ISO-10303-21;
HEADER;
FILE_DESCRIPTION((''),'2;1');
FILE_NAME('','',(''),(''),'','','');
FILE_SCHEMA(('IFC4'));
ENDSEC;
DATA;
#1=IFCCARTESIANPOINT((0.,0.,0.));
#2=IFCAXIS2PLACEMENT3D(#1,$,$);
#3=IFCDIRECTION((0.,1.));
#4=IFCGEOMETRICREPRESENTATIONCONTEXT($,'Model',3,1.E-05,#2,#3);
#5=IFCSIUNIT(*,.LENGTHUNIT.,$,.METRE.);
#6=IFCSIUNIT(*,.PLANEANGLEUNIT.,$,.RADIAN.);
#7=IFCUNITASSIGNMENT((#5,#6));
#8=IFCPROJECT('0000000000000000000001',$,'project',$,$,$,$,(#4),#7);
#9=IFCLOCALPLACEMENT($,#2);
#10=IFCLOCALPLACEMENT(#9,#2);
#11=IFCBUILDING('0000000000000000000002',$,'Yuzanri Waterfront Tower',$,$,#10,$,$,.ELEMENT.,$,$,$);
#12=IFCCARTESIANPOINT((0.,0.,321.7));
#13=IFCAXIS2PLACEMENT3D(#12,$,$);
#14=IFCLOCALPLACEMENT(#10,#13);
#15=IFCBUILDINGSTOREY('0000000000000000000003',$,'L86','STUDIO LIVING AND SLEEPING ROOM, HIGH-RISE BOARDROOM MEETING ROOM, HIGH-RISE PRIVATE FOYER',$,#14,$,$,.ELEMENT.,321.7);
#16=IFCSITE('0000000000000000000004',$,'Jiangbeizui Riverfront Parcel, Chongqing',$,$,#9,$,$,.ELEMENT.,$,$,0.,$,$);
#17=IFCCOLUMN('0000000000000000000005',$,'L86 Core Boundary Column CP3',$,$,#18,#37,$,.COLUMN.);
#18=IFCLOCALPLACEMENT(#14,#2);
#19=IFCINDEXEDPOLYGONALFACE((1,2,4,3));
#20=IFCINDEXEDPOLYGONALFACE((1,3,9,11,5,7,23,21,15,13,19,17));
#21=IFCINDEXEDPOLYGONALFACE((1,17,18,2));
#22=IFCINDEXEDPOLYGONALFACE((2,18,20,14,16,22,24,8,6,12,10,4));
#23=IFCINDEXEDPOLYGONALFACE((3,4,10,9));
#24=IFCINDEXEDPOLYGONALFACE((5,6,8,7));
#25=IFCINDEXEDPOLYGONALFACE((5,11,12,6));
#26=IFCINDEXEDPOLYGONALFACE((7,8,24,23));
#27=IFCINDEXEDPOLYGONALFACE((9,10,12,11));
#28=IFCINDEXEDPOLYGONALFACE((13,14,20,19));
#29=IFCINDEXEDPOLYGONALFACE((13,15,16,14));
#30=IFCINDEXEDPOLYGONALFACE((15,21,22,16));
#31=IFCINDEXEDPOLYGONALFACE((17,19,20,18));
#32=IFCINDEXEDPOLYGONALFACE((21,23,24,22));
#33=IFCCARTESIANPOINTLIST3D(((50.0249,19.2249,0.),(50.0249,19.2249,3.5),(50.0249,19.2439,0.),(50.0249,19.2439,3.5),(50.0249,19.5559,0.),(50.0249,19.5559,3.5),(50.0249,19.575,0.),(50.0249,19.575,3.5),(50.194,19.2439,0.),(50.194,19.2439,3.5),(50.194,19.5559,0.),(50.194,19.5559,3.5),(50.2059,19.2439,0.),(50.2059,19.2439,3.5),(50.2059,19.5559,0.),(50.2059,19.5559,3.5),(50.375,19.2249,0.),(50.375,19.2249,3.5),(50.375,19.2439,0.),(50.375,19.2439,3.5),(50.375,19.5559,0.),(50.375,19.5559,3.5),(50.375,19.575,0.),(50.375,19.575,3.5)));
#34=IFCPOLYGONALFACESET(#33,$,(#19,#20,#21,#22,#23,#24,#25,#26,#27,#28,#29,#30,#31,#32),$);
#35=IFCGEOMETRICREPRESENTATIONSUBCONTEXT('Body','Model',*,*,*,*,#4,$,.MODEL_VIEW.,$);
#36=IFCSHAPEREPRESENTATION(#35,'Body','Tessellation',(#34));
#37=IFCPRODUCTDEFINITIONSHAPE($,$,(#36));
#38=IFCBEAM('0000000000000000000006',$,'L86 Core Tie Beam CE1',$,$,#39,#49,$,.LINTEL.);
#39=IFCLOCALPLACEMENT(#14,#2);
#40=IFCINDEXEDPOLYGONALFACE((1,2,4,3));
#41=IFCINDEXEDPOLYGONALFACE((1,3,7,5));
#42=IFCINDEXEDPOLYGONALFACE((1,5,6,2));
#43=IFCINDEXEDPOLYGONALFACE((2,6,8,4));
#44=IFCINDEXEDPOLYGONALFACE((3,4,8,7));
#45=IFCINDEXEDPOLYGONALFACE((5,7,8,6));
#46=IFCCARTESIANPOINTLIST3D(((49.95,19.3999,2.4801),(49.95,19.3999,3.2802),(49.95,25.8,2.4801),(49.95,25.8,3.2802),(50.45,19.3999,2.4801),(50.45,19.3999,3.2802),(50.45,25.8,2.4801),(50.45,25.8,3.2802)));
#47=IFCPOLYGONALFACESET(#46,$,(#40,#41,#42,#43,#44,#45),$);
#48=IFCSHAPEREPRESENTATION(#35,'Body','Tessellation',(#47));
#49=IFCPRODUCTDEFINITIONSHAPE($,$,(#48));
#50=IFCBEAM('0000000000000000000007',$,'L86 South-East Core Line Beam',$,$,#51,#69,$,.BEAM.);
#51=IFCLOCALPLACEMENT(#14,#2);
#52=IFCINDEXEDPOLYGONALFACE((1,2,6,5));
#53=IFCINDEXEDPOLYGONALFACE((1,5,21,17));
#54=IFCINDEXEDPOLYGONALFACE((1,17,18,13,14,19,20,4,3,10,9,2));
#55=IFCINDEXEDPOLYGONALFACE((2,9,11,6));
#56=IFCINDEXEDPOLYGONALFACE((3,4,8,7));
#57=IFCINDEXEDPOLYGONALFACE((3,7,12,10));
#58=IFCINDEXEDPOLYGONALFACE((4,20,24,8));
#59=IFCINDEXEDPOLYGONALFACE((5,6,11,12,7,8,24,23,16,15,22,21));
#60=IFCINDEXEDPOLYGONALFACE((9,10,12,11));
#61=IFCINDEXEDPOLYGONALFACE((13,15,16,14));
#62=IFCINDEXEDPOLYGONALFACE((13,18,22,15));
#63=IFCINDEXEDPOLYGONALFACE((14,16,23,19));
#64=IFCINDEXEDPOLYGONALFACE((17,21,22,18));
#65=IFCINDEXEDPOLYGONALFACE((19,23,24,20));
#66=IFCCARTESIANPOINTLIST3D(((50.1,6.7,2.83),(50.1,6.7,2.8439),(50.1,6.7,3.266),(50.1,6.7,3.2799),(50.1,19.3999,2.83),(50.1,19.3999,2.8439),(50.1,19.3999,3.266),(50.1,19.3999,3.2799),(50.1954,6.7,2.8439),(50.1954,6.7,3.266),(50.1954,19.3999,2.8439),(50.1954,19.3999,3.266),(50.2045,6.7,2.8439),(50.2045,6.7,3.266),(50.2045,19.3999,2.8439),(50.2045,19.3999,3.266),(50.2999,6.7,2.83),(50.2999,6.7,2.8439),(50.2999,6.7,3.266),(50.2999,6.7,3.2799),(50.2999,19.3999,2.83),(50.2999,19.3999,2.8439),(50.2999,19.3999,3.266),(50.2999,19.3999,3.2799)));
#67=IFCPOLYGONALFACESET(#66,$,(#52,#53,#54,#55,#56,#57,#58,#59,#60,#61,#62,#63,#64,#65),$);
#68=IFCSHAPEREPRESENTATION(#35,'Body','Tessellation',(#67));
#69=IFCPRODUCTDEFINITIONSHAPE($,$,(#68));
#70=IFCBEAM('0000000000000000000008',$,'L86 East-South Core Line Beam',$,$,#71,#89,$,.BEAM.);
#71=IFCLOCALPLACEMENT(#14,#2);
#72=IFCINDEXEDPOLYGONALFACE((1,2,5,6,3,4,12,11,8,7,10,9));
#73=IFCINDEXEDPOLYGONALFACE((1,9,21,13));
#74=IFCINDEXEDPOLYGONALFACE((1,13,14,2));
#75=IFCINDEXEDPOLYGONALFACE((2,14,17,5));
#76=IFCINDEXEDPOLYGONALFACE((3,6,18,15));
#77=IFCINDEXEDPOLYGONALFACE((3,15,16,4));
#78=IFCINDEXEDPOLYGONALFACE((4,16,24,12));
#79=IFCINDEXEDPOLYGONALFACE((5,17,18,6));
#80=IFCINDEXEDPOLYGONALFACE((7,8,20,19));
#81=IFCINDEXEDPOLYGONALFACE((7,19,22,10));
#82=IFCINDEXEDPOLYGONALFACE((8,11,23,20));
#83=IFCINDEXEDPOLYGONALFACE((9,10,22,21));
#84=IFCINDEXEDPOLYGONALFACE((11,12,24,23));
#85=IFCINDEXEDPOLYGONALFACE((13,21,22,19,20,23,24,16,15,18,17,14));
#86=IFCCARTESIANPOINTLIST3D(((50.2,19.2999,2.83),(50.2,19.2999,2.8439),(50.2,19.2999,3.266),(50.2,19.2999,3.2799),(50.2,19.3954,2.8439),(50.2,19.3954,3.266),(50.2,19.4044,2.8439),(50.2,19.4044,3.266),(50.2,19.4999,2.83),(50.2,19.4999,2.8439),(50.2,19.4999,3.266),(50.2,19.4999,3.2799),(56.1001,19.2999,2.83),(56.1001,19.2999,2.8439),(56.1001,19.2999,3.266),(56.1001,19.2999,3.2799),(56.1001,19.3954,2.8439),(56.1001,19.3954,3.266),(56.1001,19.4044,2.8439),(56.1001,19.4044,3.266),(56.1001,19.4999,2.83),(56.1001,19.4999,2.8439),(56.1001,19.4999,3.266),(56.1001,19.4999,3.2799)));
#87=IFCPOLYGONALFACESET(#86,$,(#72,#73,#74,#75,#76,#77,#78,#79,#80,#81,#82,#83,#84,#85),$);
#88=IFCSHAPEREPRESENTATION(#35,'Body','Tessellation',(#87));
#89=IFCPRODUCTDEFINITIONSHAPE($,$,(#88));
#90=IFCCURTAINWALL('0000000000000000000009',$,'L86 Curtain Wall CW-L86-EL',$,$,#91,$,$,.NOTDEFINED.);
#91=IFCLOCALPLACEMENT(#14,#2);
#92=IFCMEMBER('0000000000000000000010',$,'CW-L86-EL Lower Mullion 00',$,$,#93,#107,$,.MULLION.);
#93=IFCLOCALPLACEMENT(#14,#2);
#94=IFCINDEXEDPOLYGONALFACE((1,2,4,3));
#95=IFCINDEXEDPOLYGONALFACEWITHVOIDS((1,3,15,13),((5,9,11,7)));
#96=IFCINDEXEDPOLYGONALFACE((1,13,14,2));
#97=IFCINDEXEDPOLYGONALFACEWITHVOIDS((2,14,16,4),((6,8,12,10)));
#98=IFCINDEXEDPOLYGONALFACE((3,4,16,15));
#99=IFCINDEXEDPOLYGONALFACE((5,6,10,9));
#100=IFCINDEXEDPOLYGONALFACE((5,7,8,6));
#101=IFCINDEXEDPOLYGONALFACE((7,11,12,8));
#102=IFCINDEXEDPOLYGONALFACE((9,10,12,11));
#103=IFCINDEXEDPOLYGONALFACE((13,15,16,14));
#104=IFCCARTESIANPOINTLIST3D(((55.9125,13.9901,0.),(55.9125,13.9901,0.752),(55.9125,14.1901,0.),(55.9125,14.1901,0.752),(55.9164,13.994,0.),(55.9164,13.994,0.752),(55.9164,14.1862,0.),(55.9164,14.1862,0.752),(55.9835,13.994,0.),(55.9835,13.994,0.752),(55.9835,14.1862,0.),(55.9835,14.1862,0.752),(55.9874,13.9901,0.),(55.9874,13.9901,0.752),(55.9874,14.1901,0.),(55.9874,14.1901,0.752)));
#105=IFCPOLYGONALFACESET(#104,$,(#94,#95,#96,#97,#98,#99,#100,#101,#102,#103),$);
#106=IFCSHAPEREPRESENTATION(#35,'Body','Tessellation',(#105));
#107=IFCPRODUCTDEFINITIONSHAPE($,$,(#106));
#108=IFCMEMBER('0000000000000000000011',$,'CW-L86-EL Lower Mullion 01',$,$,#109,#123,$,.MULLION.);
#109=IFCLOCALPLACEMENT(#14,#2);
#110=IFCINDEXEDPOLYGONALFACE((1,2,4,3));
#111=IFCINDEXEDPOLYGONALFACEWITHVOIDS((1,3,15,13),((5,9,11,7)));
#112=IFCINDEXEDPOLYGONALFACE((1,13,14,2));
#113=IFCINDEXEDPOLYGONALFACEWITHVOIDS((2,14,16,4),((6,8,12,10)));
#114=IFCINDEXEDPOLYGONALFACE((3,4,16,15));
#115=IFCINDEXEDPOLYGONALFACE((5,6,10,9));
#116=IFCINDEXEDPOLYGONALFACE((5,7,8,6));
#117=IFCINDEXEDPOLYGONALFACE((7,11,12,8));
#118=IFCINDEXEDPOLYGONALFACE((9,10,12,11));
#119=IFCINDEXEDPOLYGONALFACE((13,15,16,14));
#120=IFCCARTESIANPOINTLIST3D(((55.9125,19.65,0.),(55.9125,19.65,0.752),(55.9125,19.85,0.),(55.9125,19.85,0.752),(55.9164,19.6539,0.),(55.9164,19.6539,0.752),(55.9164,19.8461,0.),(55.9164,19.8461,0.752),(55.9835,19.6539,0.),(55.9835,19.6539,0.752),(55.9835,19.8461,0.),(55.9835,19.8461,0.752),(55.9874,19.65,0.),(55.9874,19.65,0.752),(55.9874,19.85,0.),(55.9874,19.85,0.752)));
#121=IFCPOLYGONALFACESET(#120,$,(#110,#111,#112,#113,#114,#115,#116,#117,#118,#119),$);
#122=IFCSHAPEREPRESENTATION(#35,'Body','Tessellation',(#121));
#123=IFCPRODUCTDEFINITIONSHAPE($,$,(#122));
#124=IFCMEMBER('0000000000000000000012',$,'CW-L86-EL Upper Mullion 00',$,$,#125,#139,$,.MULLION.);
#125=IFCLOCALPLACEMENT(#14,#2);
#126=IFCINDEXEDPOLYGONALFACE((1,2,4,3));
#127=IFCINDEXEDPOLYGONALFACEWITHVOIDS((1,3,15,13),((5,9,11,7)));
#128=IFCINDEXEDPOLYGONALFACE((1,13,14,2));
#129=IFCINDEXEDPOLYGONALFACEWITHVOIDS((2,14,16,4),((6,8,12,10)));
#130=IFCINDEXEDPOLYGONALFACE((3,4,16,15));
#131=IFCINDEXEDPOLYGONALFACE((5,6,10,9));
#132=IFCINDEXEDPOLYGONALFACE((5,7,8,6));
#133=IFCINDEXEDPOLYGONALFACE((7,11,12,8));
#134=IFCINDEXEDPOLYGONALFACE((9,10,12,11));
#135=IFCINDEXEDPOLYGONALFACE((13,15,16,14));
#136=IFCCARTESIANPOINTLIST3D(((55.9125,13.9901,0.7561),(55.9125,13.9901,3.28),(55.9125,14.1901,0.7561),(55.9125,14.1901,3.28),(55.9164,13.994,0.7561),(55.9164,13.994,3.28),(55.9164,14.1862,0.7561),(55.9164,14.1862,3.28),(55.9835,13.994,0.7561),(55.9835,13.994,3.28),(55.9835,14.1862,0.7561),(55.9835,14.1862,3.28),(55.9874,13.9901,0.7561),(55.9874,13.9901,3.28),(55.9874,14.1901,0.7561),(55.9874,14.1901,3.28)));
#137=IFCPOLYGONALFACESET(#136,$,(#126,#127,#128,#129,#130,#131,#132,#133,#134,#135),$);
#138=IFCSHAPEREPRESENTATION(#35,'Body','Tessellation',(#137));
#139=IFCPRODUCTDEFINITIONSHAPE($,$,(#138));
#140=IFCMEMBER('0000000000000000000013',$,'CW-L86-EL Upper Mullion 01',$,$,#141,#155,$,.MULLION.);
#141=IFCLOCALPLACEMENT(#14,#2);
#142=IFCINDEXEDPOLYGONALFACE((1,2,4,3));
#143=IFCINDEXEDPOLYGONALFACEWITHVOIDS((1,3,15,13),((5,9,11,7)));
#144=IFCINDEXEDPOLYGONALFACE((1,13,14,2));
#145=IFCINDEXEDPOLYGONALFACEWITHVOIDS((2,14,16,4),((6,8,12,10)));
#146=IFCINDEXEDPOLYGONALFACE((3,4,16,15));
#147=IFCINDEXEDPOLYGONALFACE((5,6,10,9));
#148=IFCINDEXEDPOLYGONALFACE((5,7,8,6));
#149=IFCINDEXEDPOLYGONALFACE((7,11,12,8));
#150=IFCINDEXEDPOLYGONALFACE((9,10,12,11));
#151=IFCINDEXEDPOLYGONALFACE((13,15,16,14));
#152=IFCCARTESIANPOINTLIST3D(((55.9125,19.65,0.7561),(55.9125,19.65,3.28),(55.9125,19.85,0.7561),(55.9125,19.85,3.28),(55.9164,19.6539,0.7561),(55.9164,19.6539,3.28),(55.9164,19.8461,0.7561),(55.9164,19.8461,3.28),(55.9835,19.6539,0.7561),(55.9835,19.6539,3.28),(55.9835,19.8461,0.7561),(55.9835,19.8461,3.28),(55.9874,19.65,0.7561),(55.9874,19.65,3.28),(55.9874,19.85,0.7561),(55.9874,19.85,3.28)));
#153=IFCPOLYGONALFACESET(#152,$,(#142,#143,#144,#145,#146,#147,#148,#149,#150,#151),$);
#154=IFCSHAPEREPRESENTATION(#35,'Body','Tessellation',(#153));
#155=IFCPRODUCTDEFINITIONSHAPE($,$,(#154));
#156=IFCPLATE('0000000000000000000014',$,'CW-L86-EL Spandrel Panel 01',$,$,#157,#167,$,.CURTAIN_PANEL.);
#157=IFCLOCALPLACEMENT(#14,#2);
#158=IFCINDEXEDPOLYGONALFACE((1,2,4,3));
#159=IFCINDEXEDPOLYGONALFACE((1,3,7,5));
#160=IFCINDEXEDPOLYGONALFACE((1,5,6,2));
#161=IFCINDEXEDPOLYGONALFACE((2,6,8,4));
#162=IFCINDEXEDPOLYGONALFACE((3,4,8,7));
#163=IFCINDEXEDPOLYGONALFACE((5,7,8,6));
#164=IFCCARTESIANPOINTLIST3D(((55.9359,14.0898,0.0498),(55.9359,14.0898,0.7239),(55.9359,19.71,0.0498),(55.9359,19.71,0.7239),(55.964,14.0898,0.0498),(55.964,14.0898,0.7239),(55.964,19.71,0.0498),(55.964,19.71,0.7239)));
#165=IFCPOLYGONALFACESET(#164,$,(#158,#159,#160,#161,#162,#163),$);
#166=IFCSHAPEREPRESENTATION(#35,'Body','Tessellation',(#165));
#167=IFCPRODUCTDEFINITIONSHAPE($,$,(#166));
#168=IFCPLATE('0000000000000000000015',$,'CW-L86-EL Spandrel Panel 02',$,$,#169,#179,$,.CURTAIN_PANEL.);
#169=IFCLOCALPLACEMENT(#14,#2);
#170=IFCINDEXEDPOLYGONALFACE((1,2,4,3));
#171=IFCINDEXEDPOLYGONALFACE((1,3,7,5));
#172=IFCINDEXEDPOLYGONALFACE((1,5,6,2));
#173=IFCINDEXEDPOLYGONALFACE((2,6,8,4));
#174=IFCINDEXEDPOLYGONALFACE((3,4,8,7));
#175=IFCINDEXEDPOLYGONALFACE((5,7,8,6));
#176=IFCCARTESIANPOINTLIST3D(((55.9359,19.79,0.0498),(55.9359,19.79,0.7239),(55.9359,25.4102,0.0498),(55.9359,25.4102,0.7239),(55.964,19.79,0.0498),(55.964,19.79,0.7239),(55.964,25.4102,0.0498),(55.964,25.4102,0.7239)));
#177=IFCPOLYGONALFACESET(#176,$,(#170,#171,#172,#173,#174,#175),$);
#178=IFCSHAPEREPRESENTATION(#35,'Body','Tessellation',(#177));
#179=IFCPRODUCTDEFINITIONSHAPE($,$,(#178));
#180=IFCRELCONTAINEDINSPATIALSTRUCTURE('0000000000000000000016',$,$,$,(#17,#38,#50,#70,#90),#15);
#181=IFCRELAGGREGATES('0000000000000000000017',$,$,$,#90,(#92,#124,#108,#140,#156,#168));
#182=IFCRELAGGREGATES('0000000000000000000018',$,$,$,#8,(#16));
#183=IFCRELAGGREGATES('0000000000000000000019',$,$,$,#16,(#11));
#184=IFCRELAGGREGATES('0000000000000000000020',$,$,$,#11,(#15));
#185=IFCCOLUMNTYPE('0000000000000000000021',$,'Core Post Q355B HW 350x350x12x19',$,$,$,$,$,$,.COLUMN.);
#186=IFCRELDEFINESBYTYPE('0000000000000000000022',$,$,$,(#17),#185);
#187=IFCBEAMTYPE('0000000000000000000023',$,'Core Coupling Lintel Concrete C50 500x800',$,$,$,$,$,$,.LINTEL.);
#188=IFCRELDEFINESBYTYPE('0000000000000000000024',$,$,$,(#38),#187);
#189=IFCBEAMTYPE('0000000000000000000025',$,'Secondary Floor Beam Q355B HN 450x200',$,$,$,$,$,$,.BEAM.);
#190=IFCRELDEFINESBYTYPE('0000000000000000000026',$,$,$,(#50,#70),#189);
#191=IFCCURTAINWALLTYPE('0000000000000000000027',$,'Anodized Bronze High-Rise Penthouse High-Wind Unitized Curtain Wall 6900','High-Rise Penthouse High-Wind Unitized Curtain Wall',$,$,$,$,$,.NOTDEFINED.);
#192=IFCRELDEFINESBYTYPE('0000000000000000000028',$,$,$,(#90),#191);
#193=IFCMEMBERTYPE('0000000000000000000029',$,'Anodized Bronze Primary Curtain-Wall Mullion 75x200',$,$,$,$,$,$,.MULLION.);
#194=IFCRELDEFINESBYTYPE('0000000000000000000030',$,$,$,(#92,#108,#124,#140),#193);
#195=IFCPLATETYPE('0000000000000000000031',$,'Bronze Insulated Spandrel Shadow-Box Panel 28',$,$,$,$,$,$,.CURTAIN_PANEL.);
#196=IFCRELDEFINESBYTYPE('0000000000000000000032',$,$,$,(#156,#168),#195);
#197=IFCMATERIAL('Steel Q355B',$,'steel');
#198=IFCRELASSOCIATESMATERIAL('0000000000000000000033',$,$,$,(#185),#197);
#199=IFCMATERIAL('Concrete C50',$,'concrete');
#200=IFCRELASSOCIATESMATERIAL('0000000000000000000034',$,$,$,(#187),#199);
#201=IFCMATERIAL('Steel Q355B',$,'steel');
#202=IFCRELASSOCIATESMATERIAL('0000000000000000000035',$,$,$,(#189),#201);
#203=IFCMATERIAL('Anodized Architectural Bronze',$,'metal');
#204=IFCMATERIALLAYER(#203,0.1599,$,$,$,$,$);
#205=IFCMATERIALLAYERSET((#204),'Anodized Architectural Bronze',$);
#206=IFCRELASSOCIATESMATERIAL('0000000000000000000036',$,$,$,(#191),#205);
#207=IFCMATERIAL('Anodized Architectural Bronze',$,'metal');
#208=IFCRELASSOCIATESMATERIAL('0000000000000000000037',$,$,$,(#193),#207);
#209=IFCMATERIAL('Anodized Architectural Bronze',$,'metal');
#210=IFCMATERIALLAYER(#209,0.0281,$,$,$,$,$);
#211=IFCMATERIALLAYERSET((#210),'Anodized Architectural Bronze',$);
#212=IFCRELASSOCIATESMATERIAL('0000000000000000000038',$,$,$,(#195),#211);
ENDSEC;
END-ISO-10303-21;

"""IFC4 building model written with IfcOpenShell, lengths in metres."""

from ifc_helpers import new_model, si_unit, direction, frame, origin, origin_2d, place, context, subcontext, project, spatial, rectangle, hollow_rectangle, i_section, extrude, source, transform, mapped, material, layer, layer_set, material_profile, profile_set, type_object, element, aggregate, save


model = new_model("IFC4")

# Units and contexts
model_context = context("Model", 3, precision=1e-05, world=origin(), true_north=direction((0.0, 1.0)))
body_context = subcontext(model_context, "Body", "Model", "MODEL_VIEW")
ifc_project = project(units=[si_unit("LENGTHUNIT", "METRE"), si_unit("PLANEANGLEUNIT", "RADIAN")], contexts=[model_context])

# Site, building, storey
site_placement = place(None, origin())
site = spatial("IfcSite", under=ifc_project, at=site_placement, Name="Jiangbeizui Riverfront Parcel, Chongqing", CompositionType="ELEMENT", RefElevation=0.0)
building_placement = place(site_placement, origin())
building = spatial("IfcBuilding", under=site, at=building_placement, Name="Yuzanri Waterfront Tower", CompositionType="ELEMENT")
storey_placement = place(building_placement, frame((0.0, 0.0, 321.7)))
storey = spatial("IfcBuildingStorey", under=building, at=storey_placement, Name="L86", Description="STUDIO LIVING AND SLEEPING ROOM, HIGH-RISE BOARDROOM MEETING ROOM, HIGH-RISE PRIVATE FOYER", CompositionType="ELEMENT", Elevation=321.7)

# Column
ifc_material_1 = material(Name="Steel Q355B", Category="steel")
ifc_material_profile_1 = material_profile(ifc_material_1, i_section(OverallWidth=0.3501, OverallDepth=0.3501, WebThickness=0.012, FlangeThickness=0.019, at=origin_2d()), Name="HW 350x350x12x19")
ifc_profile_set_1 = profile_set([ifc_material_profile_1], Name="Steel Q355B")
column_type = type_object("IfcColumnType", Name="Core Post Q355B HW 350x350x12x19", PredefinedType="COLUMN", material=ifc_profile_set_1)
shared_shape_1 = source(origin(), body_context, "Body", "SweptSolid", [
    extrude(i_section(OverallWidth=0.3501, OverallDepth=0.3501, WebThickness=0.012, FlangeThickness=0.019, at=origin_2d()), origin(), (0.0, 0.0, 1.0), 3.5),
])
column_placement = place(storey_placement, frame((50.2, 19.3999, 0.0), z_axis=(0.0, 0.0, 1.0), x_axis=(1.0, 0.0, 0.0)))
element("IfcColumn", 1, at=column_placement, inside=storey, type_object=column_type, Name="L86 Core Boundary Column CP3", PredefinedType="COLUMN", context=body_context, shape_type="MappedRepresentation", body=[
    mapped(shared_shape_1, transform((0.0, 0.0, 0.0), scale=1.0)),
])

# Beams
ifc_material_2 = material(Name="Concrete C50", Category="concrete")
ifc_material_profile_2 = material_profile(ifc_material_2, rectangle(XDim=0.5, YDim=0.8, at=origin_2d()), Name="RC 500x800")
ifc_profile_set_2 = profile_set([ifc_material_profile_2], Name="Concrete C50")
beam_type_1 = type_object("IfcBeamType", Name="Core Coupling Lintel Concrete C50 500x800", PredefinedType="LINTEL", material=ifc_profile_set_2)
shared_shape_2 = source(origin(), body_context, "Body", "SweptSolid", [
    extrude(rectangle(XDim=0.5, YDim=0.8, at=origin_2d()), origin(), (0.0, 0.0, 1.0), 6.4001),
])
beam_1_placement = place(storey_placement, frame((50.2, 19.3999, 2.8801), z_axis=(0.0, 1.0, 0.0), x_axis=(-1.0, 0.0, 0.0)))
element("IfcBeam", 2, at=beam_1_placement, inside=storey, type_object=beam_type_1, Name="L86 Core Tie Beam CE1", PredefinedType="LINTEL", context=body_context, shape_type="MappedRepresentation", body=[
    mapped(shared_shape_2, transform((0.0, 0.0, 0.0), scale=1.0)),
])
ifc_material_3 = material(Name="Steel Q355B", Category="steel")
ifc_material_profile_3 = material_profile(ifc_material_3, i_section(OverallWidth=0.2, OverallDepth=0.45, WebThickness=0.009, FlangeThickness=0.0139, at=origin_2d()), Name="HN 450x200x9x14")
ifc_profile_set_3 = profile_set([ifc_material_profile_3], Name="Steel Q355B")
beam_type_2 = type_object("IfcBeamType", Name="Secondary Floor Beam Q355B HN 450x200", PredefinedType="BEAM", material=ifc_profile_set_3)
shared_shape_3 = source(origin(), body_context, "Body", "SweptSolid", [
    extrude(i_section(OverallWidth=0.2, OverallDepth=0.45, WebThickness=0.009, FlangeThickness=0.0139, at=origin_2d()), origin(), (0.0, 0.0, 1.0), 12.7),
])
beam_2_placement = place(storey_placement, frame((50.2, 19.3999, 3.0549), z_axis=(0.0, -1.0, 0.0), x_axis=(1.0, 0.0, 0.0)))
element("IfcBeam", 3, at=beam_2_placement, inside=storey, type_object=beam_type_2, Name="L86 South-East Core Line Beam", PredefinedType="BEAM", context=body_context, shape_type="MappedRepresentation", body=[
    mapped(shared_shape_3, transform((0.0, 0.0, 0.0), scale=1.0)),
])
shared_shape_4 = source(origin(), body_context, "Body", "SweptSolid", [
    extrude(i_section(OverallWidth=0.2, OverallDepth=0.45, WebThickness=0.009, FlangeThickness=0.0139, at=origin_2d()), origin(), (0.0, 0.0, 1.0), 5.9001),
])
beam_3_placement = place(storey_placement, frame((50.2, 19.3999, 3.0549), z_axis=(1.0, 0.0, 0.0), x_axis=(0.0, 1.0, 0.0)))
element("IfcBeam", 4, at=beam_3_placement, inside=storey, type_object=beam_type_2, Name="L86 East-South Core Line Beam", PredefinedType="BEAM", context=body_context, shape_type="MappedRepresentation", body=[
    mapped(shared_shape_4, transform((0.0, 0.0, 0.0), scale=1.0)),
])

# Curtain wall, members, plates
ifc_material_4 = material(Name="Anodized Architectural Bronze", Category="metal")
ifc_layer_1 = layer(ifc_material_4, 0.1599)
ifc_layer_set_1 = layer_set([ifc_layer_1], Name="Anodized Architectural Bronze")
curtain_wall_type = type_object("IfcCurtainWallType", Name="Anodized Bronze High-Rise Penthouse High-Wind Unitized Curtain Wall 6900", Description="High-Rise Penthouse High-Wind Unitized Curtain Wall", PredefinedType="NOTDEFINED", material=ifc_layer_set_1)
curtain_wall_placement = place(storey_placement, origin())
curtain_wall = element("IfcCurtainWall", 5, at=curtain_wall_placement, inside=storey, type_object=curtain_wall_type, Name="L86 Curtain Wall CW-L86-EL", PredefinedType="NOTDEFINED")
ifc_material_5 = material(Name="Anodized Architectural Bronze", Category="metal")
ifc_material_profile_4 = material_profile(ifc_material_5, hollow_rectangle(XDim=0.075, YDim=0.2, WallThickness=0.0039, at=origin_2d()), Name="CWM 75x200")
ifc_profile_set_4 = profile_set([ifc_material_profile_4], Name="Anodized Architectural Bronze")
member_type = type_object("IfcMemberType", Name="Anodized Bronze Primary Curtain-Wall Mullion 75x200", PredefinedType="MULLION", material=ifc_profile_set_4)
shared_shape_5 = source(origin(), body_context, "Body", "SweptSolid", [
    extrude(hollow_rectangle(XDim=0.075, YDim=0.2, WallThickness=0.0039, at=origin_2d()), origin(), (0.0, 0.0, 1.0), 0.752),
])
member_1_placement = place(storey_placement, frame((55.95, 14.0901, 0.0), z_axis=(0.0, 0.0, 1.0), x_axis=(1.0, 0.0, 0.0)))
member_1 = element("IfcMember", 6, at=member_1_placement, type_object=member_type, Name="CW-L86-EL Lower Mullion 00", PredefinedType="MULLION", context=body_context, shape_type="MappedRepresentation", body=[
    mapped(shared_shape_5, transform((0.0, 0.0, 0.0), scale=1.0)),
])
member_2_placement = place(storey_placement, frame((55.95, 19.75, 0.0), z_axis=(0.0, 0.0, 1.0), x_axis=(1.0, 0.0, 0.0)))
member_2 = element("IfcMember", 7, at=member_2_placement, type_object=member_type, Name="CW-L86-EL Lower Mullion 01", PredefinedType="MULLION", context=body_context, shape_type="MappedRepresentation", body=[
    mapped(shared_shape_5, transform((0.0, 0.0, 0.0), scale=1.0)),
])
shared_shape_6 = source(origin(), body_context, "Body", "SweptSolid", [
    extrude(hollow_rectangle(XDim=0.075, YDim=0.2, WallThickness=0.0039, at=origin_2d()), origin(), (0.0, 0.0, 1.0), 2.5239),
])
member_3_placement = place(storey_placement, frame((55.95, 14.0901, 0.7561), z_axis=(0.0, 0.0, 1.0), x_axis=(1.0, 0.0, 0.0)))
member_3 = element("IfcMember", 8, at=member_3_placement, type_object=member_type, Name="CW-L86-EL Upper Mullion 00", PredefinedType="MULLION", context=body_context, shape_type="MappedRepresentation", body=[
    mapped(shared_shape_6, transform((0.0, 0.0, 0.0), scale=1.0)),
])
member_4_placement = place(storey_placement, frame((55.95, 19.75, 0.7561), z_axis=(0.0, 0.0, 1.0), x_axis=(1.0, 0.0, 0.0)))
member_4 = element("IfcMember", 9, at=member_4_placement, type_object=member_type, Name="CW-L86-EL Upper Mullion 01", PredefinedType="MULLION", context=body_context, shape_type="MappedRepresentation", body=[
    mapped(shared_shape_6, transform((0.0, 0.0, 0.0), scale=1.0)),
])
ifc_material_6 = material(Name="Anodized Architectural Bronze", Category="metal")
ifc_layer_2 = layer(ifc_material_6, 0.0281)
ifc_layer_set_2 = layer_set([ifc_layer_2], Name="Anodized Architectural Bronze")
plate_type_1 = type_object("IfcPlateType", Name="Bronze Insulated Spandrel Shadow-Box Panel 28", PredefinedType="CURTAIN_PANEL", material=ifc_layer_set_2)
shared_shape_7 = source(origin(), body_context, "Body", "SweptSolid", [
    extrude(rectangle(XDim=5.6201, YDim=0.0281, at=origin_2d()), origin(), (0.0, 0.0, 1.0), 0.6741),
])
plate_1_placement = place(storey_placement, frame((55.95, 16.8999, 0.0498), z_axis=(0.0, 0.0, 1.0), x_axis=(0.0, 1.0, 0.0)))
plate_1 = element("IfcPlate", 10, at=plate_1_placement, type_object=plate_type_1, Name="CW-L86-EL Spandrel Panel 01", PredefinedType="CURTAIN_PANEL", context=body_context, shape_type="MappedRepresentation", body=[
    mapped(shared_shape_7, transform((0.0, 0.0, 0.0), scale=1.0)),
])
plate_2_placement = place(storey_placement, frame((55.95, 22.6001, 0.0498), z_axis=(0.0, 0.0, 1.0), x_axis=(0.0, 1.0, 0.0)))
plate_2 = element("IfcPlate", 11, at=plate_2_placement, type_object=plate_type_1, Name="CW-L86-EL Spandrel Panel 02", PredefinedType="CURTAIN_PANEL", context=body_context, shape_type="MappedRepresentation", body=[
    mapped(shared_shape_7, transform((0.0, 0.0, 0.0), scale=1.0)),
])
aggregate(curtain_wall, [member_1, member_3, member_2, member_4, plate_1, plate_2])

save(model, "model.ifc")
